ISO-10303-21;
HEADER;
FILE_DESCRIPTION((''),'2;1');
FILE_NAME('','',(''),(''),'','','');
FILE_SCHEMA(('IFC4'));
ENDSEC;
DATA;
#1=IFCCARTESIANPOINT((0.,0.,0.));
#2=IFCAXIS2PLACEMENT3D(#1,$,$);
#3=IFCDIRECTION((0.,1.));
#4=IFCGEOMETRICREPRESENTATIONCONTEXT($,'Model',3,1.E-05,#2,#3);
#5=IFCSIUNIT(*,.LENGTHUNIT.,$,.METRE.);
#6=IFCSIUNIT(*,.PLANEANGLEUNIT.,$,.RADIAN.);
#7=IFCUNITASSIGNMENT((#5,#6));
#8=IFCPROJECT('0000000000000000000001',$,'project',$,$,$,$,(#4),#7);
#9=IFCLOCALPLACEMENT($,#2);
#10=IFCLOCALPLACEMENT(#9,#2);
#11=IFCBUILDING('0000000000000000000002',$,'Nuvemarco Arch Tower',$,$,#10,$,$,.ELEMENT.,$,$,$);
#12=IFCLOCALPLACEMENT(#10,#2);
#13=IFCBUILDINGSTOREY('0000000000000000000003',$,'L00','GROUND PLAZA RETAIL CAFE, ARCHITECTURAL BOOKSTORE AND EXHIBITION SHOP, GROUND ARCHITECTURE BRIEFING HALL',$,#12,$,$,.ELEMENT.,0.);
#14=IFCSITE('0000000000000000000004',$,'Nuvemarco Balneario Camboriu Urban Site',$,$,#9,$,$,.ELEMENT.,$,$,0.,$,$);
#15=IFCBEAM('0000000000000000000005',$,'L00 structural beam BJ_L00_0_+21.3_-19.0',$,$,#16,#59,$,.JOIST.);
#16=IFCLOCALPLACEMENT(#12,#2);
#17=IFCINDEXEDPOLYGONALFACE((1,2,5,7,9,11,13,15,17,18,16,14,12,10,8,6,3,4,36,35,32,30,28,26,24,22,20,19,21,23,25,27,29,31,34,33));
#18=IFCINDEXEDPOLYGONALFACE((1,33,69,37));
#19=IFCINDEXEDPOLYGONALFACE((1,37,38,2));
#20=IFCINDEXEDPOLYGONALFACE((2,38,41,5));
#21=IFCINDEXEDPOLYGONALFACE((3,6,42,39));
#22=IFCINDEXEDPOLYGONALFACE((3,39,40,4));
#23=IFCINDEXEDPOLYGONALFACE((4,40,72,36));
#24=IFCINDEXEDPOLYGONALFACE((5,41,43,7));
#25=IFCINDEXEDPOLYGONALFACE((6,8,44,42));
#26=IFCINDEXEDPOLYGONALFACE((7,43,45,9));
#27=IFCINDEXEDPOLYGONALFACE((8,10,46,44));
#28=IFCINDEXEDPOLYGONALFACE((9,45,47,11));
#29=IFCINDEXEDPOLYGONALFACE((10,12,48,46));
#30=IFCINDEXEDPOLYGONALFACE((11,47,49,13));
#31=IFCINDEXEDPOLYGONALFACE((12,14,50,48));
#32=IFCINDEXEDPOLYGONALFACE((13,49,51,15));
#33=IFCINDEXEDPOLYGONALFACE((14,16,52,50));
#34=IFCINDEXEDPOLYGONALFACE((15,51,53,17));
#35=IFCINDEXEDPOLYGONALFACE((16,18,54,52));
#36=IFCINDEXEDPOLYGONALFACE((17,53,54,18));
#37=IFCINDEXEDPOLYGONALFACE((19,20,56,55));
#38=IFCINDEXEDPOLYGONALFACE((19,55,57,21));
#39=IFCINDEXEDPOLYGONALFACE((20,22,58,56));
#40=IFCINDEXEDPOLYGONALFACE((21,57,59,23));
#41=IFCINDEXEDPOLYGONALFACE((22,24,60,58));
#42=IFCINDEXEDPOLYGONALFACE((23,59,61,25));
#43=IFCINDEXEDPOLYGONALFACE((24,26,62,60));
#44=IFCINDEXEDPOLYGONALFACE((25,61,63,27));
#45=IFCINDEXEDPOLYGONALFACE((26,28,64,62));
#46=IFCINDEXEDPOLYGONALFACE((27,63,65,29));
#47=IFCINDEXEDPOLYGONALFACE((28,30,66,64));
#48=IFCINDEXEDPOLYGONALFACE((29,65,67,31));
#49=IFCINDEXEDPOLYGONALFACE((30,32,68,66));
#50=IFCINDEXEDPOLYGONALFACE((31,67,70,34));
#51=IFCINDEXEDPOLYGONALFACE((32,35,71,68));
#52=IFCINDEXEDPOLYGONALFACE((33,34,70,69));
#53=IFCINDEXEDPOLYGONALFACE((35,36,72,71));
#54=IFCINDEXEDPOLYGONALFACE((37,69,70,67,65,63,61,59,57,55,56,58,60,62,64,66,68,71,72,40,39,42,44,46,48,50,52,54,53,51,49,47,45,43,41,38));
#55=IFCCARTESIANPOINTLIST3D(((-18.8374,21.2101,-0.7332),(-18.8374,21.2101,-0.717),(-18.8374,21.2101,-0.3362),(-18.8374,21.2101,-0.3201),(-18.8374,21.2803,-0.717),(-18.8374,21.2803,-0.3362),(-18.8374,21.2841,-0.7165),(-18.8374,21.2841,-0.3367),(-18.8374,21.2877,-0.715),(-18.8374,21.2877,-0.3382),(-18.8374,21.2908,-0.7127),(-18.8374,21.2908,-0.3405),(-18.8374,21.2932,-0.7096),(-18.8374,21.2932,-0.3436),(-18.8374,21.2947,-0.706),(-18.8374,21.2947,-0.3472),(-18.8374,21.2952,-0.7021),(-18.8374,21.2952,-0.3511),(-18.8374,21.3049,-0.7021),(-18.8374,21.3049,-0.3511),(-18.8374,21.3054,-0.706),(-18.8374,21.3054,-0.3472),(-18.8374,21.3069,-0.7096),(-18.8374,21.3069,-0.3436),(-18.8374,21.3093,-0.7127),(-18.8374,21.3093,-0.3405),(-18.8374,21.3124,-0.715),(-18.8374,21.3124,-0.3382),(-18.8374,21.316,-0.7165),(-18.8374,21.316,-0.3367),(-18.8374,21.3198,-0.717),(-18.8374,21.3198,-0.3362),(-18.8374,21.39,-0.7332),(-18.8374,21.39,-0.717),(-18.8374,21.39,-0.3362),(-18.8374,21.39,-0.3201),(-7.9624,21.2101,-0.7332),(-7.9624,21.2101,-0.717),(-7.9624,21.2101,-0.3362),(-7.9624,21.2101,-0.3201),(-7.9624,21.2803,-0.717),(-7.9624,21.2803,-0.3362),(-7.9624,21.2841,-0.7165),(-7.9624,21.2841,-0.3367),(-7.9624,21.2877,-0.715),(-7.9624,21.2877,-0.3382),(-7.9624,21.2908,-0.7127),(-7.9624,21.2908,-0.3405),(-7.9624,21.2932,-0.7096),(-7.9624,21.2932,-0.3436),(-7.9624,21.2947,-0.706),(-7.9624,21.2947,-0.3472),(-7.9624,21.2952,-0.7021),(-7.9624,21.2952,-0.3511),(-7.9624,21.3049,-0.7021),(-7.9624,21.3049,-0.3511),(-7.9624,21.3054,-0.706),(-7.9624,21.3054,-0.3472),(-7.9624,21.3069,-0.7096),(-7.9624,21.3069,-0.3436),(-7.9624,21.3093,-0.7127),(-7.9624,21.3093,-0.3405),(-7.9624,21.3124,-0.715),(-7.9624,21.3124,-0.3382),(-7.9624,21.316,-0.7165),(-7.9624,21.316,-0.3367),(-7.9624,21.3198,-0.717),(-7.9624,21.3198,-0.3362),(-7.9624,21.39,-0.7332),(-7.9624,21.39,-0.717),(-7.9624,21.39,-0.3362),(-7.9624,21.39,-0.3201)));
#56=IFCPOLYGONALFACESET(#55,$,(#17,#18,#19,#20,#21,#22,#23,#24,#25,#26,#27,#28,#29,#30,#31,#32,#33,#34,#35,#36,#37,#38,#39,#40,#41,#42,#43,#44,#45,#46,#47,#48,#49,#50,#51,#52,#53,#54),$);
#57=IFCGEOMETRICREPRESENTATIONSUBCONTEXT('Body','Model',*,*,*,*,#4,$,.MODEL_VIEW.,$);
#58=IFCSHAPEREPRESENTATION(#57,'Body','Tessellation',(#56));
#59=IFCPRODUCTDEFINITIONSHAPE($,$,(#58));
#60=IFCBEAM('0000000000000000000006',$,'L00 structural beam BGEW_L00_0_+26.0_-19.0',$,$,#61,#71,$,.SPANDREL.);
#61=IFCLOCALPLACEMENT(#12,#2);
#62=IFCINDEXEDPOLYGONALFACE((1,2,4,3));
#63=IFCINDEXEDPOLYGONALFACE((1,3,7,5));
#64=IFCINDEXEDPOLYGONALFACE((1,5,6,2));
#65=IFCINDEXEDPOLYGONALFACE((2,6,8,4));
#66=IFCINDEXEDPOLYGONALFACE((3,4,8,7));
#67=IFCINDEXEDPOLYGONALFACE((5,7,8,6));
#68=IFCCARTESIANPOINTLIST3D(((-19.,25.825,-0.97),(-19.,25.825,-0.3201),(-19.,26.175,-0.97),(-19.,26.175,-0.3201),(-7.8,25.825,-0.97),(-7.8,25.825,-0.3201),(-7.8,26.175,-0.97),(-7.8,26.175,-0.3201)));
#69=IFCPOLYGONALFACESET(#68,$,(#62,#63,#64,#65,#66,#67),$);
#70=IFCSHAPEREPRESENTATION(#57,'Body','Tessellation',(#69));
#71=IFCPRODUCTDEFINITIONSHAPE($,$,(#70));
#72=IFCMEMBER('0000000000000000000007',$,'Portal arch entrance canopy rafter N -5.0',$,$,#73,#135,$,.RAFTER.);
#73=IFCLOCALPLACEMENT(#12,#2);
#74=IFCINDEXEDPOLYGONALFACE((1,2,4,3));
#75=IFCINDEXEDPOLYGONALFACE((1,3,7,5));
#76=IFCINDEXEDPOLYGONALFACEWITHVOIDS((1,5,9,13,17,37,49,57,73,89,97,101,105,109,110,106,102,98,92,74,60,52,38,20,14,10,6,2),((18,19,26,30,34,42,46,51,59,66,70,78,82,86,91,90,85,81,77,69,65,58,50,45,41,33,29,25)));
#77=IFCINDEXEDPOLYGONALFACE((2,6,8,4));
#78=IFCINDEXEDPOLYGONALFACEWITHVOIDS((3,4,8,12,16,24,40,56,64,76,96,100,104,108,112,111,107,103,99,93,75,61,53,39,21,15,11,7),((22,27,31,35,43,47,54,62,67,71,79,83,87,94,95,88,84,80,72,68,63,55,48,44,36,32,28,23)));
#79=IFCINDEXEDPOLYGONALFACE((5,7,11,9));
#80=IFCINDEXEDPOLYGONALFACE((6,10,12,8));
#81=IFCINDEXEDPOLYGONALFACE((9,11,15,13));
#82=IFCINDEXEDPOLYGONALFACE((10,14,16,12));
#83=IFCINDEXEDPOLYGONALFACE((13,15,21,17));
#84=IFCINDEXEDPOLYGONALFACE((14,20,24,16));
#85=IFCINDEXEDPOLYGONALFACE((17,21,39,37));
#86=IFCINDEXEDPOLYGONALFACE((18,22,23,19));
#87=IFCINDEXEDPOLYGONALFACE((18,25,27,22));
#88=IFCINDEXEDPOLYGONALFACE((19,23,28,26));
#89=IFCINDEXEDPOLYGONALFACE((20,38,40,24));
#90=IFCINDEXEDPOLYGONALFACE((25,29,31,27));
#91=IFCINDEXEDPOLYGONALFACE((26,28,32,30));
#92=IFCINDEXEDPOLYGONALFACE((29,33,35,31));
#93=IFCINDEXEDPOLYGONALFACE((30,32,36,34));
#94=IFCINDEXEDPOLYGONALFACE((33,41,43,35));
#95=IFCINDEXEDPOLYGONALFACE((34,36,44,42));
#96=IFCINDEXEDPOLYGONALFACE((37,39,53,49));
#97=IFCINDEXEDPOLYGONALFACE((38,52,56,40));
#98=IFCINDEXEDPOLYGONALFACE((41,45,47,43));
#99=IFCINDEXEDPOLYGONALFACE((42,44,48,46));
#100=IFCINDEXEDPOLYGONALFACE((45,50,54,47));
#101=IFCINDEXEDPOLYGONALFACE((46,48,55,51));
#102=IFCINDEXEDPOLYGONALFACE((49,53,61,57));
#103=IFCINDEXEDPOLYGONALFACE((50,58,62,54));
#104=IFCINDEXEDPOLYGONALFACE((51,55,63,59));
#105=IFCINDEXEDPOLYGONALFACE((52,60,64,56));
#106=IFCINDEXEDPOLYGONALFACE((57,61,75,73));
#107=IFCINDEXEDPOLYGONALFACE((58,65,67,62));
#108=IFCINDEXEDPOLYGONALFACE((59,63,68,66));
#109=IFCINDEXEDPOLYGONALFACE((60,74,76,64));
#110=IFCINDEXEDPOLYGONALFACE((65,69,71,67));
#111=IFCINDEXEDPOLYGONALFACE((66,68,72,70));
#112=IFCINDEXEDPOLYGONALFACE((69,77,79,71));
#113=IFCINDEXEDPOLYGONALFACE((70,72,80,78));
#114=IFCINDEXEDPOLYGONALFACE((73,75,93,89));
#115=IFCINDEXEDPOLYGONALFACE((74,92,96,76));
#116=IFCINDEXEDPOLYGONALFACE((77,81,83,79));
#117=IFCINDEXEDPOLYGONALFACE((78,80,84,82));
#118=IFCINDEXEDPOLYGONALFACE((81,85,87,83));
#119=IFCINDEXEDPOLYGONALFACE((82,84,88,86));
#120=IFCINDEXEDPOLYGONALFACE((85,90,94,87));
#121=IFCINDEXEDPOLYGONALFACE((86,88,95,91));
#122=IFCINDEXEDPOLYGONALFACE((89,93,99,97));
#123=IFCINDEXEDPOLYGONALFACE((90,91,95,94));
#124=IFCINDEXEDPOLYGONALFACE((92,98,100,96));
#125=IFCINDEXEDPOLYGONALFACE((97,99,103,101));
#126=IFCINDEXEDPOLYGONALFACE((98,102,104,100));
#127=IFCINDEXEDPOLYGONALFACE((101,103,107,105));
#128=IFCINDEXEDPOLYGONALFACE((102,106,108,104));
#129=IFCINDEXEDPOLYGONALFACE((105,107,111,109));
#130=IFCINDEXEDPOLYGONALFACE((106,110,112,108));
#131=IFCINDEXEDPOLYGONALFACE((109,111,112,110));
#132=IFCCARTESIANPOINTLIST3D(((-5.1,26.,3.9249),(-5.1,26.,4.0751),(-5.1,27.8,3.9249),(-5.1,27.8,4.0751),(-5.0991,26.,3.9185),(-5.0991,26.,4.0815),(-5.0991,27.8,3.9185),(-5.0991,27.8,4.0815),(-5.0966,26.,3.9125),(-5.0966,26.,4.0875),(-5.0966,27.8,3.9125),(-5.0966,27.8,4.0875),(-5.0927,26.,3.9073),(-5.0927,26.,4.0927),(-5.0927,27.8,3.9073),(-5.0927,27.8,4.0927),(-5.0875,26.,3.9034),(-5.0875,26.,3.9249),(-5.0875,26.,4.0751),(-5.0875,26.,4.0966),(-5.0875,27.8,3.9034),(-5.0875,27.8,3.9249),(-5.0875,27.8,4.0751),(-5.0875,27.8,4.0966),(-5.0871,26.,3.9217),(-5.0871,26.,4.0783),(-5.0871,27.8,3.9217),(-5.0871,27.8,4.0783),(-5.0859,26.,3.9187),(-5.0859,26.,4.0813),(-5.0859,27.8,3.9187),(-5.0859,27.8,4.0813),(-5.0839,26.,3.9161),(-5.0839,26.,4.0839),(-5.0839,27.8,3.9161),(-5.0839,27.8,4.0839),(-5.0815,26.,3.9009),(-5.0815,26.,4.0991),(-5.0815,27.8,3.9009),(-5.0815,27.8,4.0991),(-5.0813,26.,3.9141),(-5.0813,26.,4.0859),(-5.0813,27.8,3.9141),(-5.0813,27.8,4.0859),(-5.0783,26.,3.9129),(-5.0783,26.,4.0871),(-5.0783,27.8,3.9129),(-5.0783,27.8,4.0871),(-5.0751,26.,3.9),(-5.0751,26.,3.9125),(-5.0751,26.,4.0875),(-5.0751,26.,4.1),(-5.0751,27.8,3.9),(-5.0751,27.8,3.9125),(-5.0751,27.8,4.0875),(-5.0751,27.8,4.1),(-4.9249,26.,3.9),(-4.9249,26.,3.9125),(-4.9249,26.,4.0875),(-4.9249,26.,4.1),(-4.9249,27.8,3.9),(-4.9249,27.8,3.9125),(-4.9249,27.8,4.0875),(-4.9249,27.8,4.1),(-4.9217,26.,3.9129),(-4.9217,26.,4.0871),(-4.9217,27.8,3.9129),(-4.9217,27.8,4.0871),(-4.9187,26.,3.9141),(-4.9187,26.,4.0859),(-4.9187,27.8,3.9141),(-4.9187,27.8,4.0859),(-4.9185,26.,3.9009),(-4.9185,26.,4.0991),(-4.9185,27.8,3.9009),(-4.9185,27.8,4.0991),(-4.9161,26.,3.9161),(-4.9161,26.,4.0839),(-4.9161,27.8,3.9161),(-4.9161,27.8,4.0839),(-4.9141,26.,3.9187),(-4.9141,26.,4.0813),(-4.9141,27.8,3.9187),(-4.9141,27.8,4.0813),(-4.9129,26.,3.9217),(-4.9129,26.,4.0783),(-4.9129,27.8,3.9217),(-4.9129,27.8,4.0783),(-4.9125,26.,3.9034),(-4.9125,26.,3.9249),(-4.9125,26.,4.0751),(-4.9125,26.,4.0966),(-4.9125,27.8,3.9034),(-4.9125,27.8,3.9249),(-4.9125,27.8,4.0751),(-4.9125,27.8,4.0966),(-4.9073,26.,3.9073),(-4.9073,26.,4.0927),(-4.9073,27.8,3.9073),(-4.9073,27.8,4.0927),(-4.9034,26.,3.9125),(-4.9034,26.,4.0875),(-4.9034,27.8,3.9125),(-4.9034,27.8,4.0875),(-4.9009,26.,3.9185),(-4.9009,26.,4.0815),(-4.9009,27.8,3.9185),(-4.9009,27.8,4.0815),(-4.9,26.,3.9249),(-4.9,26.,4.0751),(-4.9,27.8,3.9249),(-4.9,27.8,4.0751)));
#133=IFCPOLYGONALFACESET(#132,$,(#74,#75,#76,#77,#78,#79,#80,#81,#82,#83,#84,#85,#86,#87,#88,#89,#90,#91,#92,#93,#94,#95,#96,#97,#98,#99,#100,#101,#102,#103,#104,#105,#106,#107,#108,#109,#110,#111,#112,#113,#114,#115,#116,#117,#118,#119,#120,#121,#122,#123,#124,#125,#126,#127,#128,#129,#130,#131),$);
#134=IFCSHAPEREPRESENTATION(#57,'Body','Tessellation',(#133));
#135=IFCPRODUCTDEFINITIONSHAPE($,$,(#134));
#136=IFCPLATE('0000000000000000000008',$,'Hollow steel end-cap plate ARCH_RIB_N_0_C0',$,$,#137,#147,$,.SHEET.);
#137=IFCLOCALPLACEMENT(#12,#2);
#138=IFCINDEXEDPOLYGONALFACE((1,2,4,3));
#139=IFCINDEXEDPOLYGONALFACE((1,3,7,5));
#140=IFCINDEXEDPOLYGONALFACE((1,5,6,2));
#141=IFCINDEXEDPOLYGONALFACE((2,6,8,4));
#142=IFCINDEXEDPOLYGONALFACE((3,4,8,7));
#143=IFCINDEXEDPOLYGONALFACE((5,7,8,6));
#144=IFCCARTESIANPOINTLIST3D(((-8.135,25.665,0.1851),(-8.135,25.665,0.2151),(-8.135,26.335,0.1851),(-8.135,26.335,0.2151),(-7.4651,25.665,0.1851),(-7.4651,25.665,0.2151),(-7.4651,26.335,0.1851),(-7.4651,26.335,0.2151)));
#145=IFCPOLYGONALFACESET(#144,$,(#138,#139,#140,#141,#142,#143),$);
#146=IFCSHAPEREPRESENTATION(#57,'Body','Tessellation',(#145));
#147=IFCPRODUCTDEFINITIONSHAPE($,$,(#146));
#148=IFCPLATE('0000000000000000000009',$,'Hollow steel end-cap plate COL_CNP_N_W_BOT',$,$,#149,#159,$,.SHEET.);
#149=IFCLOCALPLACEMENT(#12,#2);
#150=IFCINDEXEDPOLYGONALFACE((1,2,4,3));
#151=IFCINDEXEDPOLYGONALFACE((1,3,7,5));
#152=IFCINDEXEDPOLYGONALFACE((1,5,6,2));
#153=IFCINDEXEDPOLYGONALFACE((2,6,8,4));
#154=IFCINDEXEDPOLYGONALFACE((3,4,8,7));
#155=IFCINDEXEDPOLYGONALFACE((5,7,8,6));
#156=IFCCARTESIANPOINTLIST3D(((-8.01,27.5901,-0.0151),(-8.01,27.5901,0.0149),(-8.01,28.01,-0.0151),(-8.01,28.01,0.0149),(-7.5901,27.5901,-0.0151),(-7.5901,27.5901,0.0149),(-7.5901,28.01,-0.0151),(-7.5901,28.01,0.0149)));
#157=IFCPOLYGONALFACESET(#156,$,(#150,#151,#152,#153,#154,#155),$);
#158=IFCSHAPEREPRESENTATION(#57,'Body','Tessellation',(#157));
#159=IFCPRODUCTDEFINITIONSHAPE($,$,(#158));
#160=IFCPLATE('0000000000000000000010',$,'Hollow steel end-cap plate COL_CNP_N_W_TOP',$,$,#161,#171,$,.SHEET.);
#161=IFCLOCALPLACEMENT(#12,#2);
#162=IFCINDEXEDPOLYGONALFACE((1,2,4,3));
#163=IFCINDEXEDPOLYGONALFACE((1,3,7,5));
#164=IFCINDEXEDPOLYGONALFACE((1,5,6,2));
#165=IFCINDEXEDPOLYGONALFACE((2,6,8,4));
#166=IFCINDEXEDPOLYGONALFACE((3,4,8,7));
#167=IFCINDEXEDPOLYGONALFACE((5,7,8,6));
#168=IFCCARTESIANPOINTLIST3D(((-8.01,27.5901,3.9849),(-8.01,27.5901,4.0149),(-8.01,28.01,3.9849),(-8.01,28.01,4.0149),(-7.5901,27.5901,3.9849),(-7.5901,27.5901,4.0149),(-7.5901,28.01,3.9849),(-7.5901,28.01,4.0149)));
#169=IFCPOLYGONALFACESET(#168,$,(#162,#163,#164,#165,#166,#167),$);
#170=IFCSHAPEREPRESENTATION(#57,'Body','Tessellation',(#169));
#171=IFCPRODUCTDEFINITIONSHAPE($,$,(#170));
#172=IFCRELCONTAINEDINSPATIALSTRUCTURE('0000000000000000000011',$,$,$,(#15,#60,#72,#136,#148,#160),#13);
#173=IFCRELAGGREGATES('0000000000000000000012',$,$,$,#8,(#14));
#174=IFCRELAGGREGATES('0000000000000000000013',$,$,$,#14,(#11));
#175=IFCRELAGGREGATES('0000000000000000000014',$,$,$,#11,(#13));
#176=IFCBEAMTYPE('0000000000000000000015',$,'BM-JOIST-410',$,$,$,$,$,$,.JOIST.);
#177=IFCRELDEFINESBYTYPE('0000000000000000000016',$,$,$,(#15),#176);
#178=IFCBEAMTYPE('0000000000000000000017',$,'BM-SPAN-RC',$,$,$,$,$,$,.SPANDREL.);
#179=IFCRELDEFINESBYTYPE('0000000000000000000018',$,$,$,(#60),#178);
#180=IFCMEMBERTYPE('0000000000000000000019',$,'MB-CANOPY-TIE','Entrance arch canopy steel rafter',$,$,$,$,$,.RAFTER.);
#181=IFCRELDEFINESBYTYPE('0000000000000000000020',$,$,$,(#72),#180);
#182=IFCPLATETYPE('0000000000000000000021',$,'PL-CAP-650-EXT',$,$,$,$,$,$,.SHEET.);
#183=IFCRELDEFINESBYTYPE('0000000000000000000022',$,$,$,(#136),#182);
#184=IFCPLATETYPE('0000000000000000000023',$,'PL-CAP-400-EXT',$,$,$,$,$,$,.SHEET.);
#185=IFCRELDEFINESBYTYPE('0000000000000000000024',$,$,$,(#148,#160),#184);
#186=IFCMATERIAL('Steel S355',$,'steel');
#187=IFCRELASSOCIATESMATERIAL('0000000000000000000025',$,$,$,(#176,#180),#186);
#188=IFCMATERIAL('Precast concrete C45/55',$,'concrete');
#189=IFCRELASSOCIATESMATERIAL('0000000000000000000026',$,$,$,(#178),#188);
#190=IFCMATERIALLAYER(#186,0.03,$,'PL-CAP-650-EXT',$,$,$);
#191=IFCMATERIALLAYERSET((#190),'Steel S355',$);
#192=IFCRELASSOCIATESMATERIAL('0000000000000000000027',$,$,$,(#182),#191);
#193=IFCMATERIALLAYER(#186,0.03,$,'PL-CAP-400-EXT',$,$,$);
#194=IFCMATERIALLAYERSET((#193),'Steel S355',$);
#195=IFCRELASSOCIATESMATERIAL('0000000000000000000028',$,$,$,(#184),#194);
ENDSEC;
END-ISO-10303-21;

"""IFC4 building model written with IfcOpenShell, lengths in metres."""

from ifc_helpers import new_model, si_unit, direction, frame, origin, origin_2d, place, context, subcontext, project, spatial, rectangle, hollow_rectangle, i_section, extrude, source, transform, mapped, material, layer, layer_set, material_profile, profile_set, type_object, type_shapes, element, save


model = new_model("IFC4")

# Units and contexts
model_context = context("Model", 3, precision=1e-05, world=origin(), true_north=direction((0.0, 1.0)))
body_context = subcontext(model_context, "Body", "Model", "MODEL_VIEW")
ifc_project = project(units=[si_unit("LENGTHUNIT", "METRE"), si_unit("PLANEANGLEUNIT", "RADIAN")], contexts=[model_context])

# Site, building, storey
site_placement = place(None, origin())
site = spatial("IfcSite", under=ifc_project, at=site_placement, Name="Nuvemarco Balneario Camboriu Urban Site", CompositionType="ELEMENT", RefElevation=0.0)
building_placement = place(site_placement, origin())
building = spatial("IfcBuilding", under=site, at=building_placement, Name="Nuvemarco Arch Tower", CompositionType="ELEMENT")
storey_placement = place(building_placement, origin())
storey = spatial("IfcBuildingStorey", under=building, at=storey_placement, Name="L00", Description="GROUND PLAZA RETAIL CAFE, ARCHITECTURAL BOOKSTORE AND EXHIBITION SHOP, GROUND ARCHITECTURE BRIEFING HALL", CompositionType="ELEMENT", Elevation=0.0)

# Shared definitions
ifc_material_1 = material(Name="Steel S355", Category="steel")

# Beams
ifc_material_profile_1 = material_profile(ifc_material_1, i_section(OverallWidth=0.1799, OverallDepth=0.4131, WebThickness=0.0098, FlangeThickness=0.0161, FilletRadius=0.0149, at=origin_2d()), Name="W410x75")
ifc_profile_set_1 = profile_set([ifc_material_profile_1], Name="Steel S355")
beam_type_1 = type_object("IfcBeamType", Name="BM-JOIST-410", PredefinedType="JOIST", material=ifc_profile_set_1)
beam_1_placement = place(storey_placement, frame((-18.8374, 21.3, -0.5266), z_axis=(1.0, 0.0, 0.0), x_axis=(0.0, 1.0, 0.0)))
element("IfcBeam", 1, at=beam_1_placement, inside=storey, type_object=beam_type_1, Name="L00 structural beam BJ_L00_0_+21.3_-19.0", PredefinedType="JOIST", context=body_context, shape_type="SweptSolid", body=[
    extrude(i_section(OverallWidth=0.1799, OverallDepth=0.4131, WebThickness=0.0098, FlangeThickness=0.0161, FilletRadius=0.0149, at=origin_2d()), origin(), (0.0, 0.0, 1.0), 10.875),
])
ifc_material_2 = material(Name="Precast concrete C45/55", Category="concrete")
ifc_material_profile_2 = material_profile(ifc_material_2, rectangle(XDim=0.3501, YDim=0.6499, at=origin_2d()), Name="PC-SP-350x650")
ifc_profile_set_2 = profile_set([ifc_material_profile_2], Name="Precast concrete C45/55")
beam_type_2 = type_object("IfcBeamType", Name="BM-SPAN-RC", PredefinedType="SPANDREL", material=ifc_profile_set_2)
beam_2_placement = place(storey_placement, frame((-19.0, 26.0, -0.645), z_axis=(1.0, 0.0, 0.0), x_axis=(0.0, 1.0, 0.0)))
element("IfcBeam", 2, at=beam_2_placement, inside=storey, type_object=beam_type_2, Name="L00 structural beam BGEW_L00_0_+26.0_-19.0", PredefinedType="SPANDREL", context=body_context, shape_type="SweptSolid", body=[
    extrude(rectangle(XDim=0.3501, YDim=0.6499, at=origin_2d()), origin(), (0.0, 0.0, 1.0), 11.2),
])

# Member
ifc_material_profile_3 = material_profile(ifc_material_1, hollow_rectangle(XDim=0.2, YDim=0.2, WallThickness=0.0125, InnerFilletRadius=0.0125, OuterFilletRadius=0.0249, at=origin_2d()), Name="SHS200x200x12.5")
ifc_profile_set_3 = profile_set([ifc_material_profile_3], Name="Steel S355")
member_type = type_object("IfcMemberType", Name="MB-CANOPY-TIE", Description="Entrance arch canopy steel rafter", PredefinedType="RAFTER", material=ifc_profile_set_3)
member_placement = place(storey_placement, frame((-5.0, 26.0, 4.0), z_axis=(0.0, 1.0, 0.0), x_axis=(-1.0, 0.0, 0.0)))
element("IfcMember", 3, at=member_placement, inside=storey, type_object=member_type, Name="Portal arch entrance canopy rafter N -5.0", PredefinedType="RAFTER", context=body_context, shape_type="SweptSolid", body=[
    extrude(hollow_rectangle(XDim=0.2, YDim=0.2, WallThickness=0.0125, InnerFilletRadius=0.0125, OuterFilletRadius=0.0249, at=origin_2d()), origin(), (0.0, 0.0, 1.0), 1.8),
])

# Plates
ifc_layer_1 = layer(ifc_material_1, 0.03, Name="PL-CAP-650-EXT")
ifc_layer_set_1 = layer_set([ifc_layer_1], Name="Steel S355")
plate_type_1 = type_object("IfcPlateType", Name="PL-CAP-650-EXT", PredefinedType="SHEET", material=ifc_layer_set_1)
shared_shape_1 = source(origin(), body_context, "Body", "SweptSolid", [
    extrude(rectangle(XDim=0.6699, YDim=0.6699, at=origin_2d()), origin(), (0.0, 0.0, 1.0), 0.03),
])
type_shapes(plate_type_1, [shared_shape_1])
plate_placement = place(storey_placement, frame((-7.8, 26.0, 0.1851), z_axis=(0.0, 0.0, 1.0), x_axis=(1.0, 0.0, 0.0)))
element("IfcPlate", 4, at=plate_placement, inside=storey, type_object=plate_type_1, Name="Hollow steel end-cap plate ARCH_RIB_N_0_C0", PredefinedType="SHEET", context=body_context, shape_type="MappedRepresentation", body=[
    mapped(shared_shape_1, transform((0.0, 0.0, 0.0), scale=1.0)),
])
ifc_layer_2 = layer(ifc_material_1, 0.03, Name="PL-CAP-400-EXT")
ifc_layer_set_2 = layer_set([ifc_layer_2], Name="Steel S355")
plate_type_2 = type_object("IfcPlateType", Name="PL-CAP-400-EXT", PredefinedType="SHEET", material=ifc_layer_set_2)
shared_shape_2 = source(origin(), body_context, "Body", "SweptSolid", [
    extrude(rectangle(XDim=0.4199, YDim=0.4199, at=origin_2d()), origin(), (0.0, 0.0, 1.0), 0.03),
])
type_shapes(plate_type_2, [shared_shape_2])
for number, where, z_axis, x_axis, name in (
    (5, (-7.8, 27.8, -0.0151), (0.0, 0.0, 1.0), (1.0, 0.0, 0.0), "Hollow steel end-cap plate COL_CNP_N_W_BOT"),
    (6, (-7.8, 27.8, 3.9849), (0.0, 0.0, 1.0), (1.0, 0.0, 0.0), "Hollow steel end-cap plate COL_CNP_N_W_TOP"),
):
    element("IfcPlate", number, at=place(storey_placement, frame(where, z_axis=z_axis, x_axis=x_axis)), inside=storey, type_object=plate_type_2, Name=name, PredefinedType="SHEET", context=body_context, shape_type="MappedRepresentation", body=[
        mapped(shared_shape_2, transform((0.0, 0.0, 0.0), scale=1.0)),
    ])

save(model, "model.ifc")
